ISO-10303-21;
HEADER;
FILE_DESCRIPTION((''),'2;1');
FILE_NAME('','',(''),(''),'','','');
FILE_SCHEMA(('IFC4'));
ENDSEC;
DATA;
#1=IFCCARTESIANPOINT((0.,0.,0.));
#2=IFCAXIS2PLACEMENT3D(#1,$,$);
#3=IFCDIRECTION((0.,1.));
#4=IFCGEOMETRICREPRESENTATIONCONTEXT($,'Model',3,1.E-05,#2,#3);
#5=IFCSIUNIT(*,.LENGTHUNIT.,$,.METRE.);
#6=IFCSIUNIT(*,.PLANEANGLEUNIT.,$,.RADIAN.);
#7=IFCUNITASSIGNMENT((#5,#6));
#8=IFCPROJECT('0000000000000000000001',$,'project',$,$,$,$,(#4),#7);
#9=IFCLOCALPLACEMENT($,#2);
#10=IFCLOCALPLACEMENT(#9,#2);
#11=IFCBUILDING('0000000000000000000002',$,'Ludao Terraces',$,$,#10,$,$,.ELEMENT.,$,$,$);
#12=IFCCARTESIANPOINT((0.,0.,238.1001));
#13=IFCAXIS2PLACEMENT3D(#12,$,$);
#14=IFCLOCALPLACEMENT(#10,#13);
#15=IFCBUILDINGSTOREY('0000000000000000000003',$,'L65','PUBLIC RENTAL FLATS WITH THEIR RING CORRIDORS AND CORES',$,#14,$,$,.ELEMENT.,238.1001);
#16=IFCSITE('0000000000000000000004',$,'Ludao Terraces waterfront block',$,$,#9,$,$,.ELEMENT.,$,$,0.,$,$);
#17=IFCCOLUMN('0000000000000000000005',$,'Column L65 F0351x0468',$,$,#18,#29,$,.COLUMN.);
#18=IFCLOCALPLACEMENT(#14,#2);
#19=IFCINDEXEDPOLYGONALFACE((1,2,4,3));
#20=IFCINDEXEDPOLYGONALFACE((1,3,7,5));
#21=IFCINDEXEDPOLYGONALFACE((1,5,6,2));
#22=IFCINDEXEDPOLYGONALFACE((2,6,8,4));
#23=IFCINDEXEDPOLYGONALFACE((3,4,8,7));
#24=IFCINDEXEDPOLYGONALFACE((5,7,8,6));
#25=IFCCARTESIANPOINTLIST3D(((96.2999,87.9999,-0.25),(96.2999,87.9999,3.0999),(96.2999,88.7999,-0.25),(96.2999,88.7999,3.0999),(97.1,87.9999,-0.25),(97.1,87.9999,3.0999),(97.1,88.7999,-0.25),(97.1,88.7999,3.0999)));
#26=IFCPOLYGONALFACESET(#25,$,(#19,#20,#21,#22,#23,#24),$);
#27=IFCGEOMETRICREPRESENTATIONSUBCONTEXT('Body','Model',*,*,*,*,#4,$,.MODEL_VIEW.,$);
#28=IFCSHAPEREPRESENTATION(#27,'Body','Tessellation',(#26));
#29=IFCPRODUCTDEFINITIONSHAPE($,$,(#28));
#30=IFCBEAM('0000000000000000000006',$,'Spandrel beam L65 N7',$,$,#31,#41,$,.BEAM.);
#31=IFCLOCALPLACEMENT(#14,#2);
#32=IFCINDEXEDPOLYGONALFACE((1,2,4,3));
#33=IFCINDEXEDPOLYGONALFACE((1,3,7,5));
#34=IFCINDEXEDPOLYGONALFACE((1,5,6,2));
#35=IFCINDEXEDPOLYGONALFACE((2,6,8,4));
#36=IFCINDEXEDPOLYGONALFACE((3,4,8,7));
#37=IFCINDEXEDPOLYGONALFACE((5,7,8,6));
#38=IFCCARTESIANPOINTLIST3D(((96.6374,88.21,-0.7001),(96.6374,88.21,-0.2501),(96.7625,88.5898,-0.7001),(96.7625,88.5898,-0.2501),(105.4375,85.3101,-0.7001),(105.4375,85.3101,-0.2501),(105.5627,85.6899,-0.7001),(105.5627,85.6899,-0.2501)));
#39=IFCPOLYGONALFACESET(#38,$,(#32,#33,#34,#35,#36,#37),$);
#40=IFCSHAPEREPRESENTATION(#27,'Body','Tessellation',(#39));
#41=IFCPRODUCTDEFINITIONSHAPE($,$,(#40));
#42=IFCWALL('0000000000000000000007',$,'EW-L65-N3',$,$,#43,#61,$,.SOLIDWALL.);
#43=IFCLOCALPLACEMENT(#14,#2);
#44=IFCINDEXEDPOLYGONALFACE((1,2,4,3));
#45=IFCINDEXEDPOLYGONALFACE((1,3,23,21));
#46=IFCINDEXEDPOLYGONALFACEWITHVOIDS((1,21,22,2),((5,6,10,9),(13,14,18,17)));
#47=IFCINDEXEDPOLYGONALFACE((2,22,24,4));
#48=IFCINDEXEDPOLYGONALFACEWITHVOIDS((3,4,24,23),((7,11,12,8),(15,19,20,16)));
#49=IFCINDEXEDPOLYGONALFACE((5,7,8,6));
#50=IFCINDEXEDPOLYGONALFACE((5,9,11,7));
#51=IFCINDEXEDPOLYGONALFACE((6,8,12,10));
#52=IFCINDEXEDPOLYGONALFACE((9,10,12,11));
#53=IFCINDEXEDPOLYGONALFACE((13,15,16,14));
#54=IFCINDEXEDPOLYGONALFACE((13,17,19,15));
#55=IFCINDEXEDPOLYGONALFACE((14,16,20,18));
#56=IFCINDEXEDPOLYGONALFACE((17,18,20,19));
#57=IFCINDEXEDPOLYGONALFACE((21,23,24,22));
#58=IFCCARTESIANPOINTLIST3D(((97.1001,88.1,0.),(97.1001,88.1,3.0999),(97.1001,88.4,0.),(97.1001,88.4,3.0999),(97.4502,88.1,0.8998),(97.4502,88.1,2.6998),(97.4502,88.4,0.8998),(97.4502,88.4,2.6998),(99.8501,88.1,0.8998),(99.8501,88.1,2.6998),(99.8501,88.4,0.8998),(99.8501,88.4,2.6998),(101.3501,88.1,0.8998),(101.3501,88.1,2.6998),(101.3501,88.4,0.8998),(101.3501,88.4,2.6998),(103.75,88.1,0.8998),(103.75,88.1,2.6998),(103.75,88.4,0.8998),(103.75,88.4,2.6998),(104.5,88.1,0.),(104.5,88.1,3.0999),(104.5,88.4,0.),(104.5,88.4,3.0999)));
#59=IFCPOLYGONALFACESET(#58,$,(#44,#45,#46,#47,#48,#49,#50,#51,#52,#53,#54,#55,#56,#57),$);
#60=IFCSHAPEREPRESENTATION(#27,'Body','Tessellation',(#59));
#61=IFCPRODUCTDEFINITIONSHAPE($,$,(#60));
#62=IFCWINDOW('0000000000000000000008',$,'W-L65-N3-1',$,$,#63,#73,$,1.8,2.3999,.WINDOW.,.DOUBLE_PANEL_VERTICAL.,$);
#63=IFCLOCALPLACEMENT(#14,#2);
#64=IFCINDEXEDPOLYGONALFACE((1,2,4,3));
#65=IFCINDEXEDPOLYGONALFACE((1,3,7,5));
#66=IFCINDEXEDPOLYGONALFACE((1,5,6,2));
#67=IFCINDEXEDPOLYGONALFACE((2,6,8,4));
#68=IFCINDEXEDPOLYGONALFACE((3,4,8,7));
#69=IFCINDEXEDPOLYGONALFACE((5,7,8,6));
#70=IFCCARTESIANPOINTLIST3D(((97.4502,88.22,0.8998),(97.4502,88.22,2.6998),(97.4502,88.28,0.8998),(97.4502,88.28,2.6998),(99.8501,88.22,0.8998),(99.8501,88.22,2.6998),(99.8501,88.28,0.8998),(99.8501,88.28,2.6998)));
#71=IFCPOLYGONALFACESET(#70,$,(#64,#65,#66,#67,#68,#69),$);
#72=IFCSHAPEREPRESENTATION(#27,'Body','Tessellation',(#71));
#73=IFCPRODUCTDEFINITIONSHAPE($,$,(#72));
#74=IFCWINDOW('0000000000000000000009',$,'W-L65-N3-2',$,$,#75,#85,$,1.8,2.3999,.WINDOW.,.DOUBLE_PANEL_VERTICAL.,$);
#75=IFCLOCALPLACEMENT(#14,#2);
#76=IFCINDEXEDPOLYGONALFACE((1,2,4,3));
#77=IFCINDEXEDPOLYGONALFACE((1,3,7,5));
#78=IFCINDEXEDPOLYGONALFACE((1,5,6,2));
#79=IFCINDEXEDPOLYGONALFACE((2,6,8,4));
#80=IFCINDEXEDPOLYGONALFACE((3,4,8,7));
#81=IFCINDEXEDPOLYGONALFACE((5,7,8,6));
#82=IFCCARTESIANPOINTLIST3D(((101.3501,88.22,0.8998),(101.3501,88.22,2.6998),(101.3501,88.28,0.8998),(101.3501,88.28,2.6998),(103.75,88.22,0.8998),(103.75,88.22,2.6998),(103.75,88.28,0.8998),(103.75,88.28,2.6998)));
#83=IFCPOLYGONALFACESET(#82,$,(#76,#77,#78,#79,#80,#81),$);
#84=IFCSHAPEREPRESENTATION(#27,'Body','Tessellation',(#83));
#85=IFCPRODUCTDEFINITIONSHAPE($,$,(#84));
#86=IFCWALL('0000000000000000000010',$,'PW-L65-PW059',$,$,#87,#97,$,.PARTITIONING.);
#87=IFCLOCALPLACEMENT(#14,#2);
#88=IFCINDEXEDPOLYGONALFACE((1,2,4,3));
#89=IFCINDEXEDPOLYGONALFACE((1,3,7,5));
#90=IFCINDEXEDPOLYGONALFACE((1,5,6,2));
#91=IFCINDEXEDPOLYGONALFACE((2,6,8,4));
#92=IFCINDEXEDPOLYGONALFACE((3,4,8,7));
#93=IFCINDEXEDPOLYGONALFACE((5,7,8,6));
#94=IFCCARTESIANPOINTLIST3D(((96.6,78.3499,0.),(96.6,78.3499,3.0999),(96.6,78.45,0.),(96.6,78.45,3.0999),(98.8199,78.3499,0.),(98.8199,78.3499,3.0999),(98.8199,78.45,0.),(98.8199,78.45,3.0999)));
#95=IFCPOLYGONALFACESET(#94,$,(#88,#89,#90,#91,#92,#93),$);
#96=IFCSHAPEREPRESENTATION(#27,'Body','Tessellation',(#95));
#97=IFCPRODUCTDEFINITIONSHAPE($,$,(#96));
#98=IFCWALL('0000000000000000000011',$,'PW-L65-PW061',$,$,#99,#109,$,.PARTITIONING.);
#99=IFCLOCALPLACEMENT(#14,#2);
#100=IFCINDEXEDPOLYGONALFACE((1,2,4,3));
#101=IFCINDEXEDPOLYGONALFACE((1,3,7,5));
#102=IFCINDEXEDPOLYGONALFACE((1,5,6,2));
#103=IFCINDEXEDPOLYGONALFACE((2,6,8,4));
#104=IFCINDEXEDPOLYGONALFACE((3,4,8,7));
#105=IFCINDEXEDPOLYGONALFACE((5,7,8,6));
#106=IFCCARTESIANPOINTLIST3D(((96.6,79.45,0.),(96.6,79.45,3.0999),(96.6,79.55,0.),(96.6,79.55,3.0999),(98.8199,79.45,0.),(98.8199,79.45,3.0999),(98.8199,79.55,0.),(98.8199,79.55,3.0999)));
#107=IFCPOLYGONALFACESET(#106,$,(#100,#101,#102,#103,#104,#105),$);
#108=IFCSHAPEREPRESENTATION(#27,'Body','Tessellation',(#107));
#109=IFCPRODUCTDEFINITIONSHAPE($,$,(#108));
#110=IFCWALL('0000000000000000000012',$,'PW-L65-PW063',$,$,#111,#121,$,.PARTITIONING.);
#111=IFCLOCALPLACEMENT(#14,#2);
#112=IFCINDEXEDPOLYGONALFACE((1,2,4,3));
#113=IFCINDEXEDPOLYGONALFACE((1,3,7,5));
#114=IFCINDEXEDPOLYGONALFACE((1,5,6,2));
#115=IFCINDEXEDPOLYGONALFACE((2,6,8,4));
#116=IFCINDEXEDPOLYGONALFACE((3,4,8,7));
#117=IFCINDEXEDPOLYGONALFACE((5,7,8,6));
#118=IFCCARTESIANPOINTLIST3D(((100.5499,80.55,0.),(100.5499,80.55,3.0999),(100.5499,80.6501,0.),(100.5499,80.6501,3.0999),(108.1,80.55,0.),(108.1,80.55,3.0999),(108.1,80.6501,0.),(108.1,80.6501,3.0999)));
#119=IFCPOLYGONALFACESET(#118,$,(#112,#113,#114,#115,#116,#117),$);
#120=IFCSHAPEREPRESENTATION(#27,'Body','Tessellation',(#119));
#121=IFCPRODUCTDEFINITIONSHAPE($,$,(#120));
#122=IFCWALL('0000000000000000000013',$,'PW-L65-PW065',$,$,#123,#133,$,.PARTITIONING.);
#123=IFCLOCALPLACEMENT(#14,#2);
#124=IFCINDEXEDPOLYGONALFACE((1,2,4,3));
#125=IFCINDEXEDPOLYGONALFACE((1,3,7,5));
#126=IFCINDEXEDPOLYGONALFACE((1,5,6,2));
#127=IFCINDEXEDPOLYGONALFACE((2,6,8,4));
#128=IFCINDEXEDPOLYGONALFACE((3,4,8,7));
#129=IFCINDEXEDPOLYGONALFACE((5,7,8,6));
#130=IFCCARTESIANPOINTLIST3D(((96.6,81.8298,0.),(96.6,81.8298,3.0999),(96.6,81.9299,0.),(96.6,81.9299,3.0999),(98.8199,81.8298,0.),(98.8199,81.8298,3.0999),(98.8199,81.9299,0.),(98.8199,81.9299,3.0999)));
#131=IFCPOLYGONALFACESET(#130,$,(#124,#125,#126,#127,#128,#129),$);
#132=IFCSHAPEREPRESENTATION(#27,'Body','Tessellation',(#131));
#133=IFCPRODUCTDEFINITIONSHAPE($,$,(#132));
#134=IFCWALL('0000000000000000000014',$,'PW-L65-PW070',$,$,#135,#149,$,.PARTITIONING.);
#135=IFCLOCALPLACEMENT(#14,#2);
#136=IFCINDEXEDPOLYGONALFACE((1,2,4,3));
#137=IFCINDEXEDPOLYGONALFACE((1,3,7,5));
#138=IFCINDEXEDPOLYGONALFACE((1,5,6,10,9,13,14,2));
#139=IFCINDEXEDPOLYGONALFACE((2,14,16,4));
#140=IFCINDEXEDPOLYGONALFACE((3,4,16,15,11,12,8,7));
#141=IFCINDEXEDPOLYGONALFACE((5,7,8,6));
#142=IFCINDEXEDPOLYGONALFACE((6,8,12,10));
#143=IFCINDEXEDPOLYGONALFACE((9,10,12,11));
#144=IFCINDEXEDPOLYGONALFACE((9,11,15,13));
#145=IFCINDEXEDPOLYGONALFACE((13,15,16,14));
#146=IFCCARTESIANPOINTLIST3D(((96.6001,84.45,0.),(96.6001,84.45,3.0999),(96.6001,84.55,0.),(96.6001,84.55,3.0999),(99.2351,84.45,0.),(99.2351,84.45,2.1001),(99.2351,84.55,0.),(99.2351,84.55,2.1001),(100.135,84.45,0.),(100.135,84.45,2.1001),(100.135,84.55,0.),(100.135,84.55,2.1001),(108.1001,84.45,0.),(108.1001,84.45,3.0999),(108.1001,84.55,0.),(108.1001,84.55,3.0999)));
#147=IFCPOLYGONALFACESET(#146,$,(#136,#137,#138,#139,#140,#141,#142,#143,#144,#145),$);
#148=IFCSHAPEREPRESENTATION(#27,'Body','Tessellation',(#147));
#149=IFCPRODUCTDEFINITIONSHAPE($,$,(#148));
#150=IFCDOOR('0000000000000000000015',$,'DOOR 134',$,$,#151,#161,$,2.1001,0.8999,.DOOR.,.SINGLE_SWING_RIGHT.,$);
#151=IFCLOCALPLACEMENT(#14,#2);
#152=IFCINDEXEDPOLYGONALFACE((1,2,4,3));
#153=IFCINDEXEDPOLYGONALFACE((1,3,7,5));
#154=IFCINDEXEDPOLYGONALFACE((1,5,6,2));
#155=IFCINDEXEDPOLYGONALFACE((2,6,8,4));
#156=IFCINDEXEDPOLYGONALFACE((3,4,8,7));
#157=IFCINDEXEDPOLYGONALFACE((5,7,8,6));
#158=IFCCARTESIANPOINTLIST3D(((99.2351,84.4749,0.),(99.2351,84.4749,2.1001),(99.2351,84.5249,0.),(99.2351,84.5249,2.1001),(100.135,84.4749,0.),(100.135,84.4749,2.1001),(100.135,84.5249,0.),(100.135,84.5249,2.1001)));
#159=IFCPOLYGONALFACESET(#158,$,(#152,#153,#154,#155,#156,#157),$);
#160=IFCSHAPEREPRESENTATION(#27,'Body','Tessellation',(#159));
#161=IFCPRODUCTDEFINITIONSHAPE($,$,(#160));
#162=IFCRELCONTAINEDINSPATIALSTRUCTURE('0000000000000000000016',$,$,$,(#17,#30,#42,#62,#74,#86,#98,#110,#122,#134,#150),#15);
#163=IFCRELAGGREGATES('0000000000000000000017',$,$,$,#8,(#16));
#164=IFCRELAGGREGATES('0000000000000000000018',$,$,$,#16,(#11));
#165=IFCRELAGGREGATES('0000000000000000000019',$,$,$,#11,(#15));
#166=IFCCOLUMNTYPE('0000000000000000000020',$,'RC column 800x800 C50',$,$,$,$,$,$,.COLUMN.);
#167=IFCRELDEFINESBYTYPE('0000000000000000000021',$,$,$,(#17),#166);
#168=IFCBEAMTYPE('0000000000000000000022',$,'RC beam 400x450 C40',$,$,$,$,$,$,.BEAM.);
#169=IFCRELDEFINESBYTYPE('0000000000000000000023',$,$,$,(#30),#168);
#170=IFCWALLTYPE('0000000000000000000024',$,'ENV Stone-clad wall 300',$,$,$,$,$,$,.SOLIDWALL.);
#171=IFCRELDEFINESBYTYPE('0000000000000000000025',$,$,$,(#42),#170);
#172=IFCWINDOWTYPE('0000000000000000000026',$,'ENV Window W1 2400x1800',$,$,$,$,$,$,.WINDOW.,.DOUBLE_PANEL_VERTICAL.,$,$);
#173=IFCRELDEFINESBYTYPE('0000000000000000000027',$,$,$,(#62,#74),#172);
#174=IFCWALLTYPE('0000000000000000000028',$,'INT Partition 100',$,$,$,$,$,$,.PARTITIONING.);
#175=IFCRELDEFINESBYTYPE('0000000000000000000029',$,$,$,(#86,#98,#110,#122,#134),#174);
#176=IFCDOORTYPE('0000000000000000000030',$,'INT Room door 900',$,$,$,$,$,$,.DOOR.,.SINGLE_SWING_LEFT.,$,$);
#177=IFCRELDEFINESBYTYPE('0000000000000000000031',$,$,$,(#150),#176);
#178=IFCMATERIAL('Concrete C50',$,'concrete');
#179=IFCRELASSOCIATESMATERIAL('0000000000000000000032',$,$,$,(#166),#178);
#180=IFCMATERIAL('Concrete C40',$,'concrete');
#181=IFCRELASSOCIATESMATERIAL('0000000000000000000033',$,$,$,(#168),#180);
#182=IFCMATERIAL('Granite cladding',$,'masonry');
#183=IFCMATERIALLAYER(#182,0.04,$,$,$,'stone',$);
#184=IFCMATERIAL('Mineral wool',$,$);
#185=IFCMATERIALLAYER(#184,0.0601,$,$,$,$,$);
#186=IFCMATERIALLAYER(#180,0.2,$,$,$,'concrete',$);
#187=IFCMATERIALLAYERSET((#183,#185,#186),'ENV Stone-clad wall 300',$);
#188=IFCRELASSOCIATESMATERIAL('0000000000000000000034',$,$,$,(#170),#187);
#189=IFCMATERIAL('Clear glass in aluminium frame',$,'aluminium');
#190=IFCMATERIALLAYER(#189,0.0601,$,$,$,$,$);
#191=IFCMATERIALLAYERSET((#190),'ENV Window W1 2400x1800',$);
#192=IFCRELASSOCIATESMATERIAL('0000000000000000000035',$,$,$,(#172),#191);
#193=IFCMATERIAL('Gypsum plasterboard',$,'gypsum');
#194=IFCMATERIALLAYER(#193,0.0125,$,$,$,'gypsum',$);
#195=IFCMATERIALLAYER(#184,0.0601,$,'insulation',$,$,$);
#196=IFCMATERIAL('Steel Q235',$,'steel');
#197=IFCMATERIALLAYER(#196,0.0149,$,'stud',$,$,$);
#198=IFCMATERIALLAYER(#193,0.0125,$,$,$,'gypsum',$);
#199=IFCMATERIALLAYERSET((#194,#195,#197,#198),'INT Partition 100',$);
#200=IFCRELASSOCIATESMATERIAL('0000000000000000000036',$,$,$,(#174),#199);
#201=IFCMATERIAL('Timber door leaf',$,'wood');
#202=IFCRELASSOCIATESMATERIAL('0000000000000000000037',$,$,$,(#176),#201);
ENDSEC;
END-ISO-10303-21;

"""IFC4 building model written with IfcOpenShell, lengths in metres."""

from ifc_helpers import new_model, si_unit, direction, frame, frame_2d, origin, origin_2d, place, context, subcontext, project, spatial, rectangle, extrude, material, layer, layer_set, material_profile, profile_set, type_object, element, fill, save


model = new_model("IFC4")

# Units and contexts
model_context = context("Model", 3, precision=1e-05, world=origin(), true_north=direction((0.0, 1.0)))
body_context = subcontext(model_context, "Body", "Model", "MODEL_VIEW")
ifc_project = project(units=[si_unit("LENGTHUNIT", "METRE"), si_unit("PLANEANGLEUNIT", "RADIAN")], contexts=[model_context])

# Site, building, storey
site_placement = place(None, origin())
site = spatial("IfcSite", under=ifc_project, at=site_placement, Name="Ludao Terraces waterfront block", CompositionType="ELEMENT", RefElevation=0.0)
building_placement = place(site_placement, origin())
building = spatial("IfcBuilding", under=site, at=building_placement, Name="Ludao Terraces", CompositionType="ELEMENT")
storey_placement = place(building_placement, frame((0.0, 0.0, 238.1001)))
storey = spatial("IfcBuildingStorey", under=building, at=storey_placement, Name="L65", Description="PUBLIC RENTAL FLATS WITH THEIR RING CORRIDORS AND CORES", CompositionType="ELEMENT", Elevation=238.1001)

# Column
ifc_material_1 = material(Name="Concrete C50", Category="concrete")
ifc_material_profile_1 = material_profile(ifc_material_1, rectangle(XDim=0.8, YDim=0.8, at=origin_2d()), Name="800 X 800")
ifc_profile_set_1 = profile_set([ifc_material_profile_1], Name="Concrete C50")
column_type = type_object("IfcColumnType", Name="RC column 800x800 C50", PredefinedType="COLUMN", material=ifc_profile_set_1)
column_placement = place(storey_placement, frame((96.7, 88.3999, -0.25), z_axis=(0.0, 0.0, 1.0), x_axis=(1.0, 0.0, 0.0)))
element("IfcColumn", 1, at=column_placement, inside=storey, type_object=column_type, Name="Column L65 F0351x0468", PredefinedType="COLUMN", context=body_context, shape_type="SweptSolid", body=[
    extrude(rectangle(XDim=0.8, YDim=0.8, at=origin_2d()), origin(), (0.0, 0.0, 1.0), 3.3499),
])

# Beam
ifc_material_2 = material(Name="Concrete C40", Category="concrete")
ifc_material_profile_2 = material_profile(ifc_material_2, rectangle(XDim=0.3999, YDim=0.45, at=origin_2d()), Name="400 X 450")
ifc_profile_set_2 = profile_set([ifc_material_profile_2], Name="Concrete C40")
beam_type = type_object("IfcBeamType", Name="RC beam 400x450 C40", PredefinedType="BEAM", material=ifc_profile_set_2)
beam_placement = place(storey_placement, frame((96.7, 88.3999, -0.4751), z_axis=(0.949761, -0.312977, 0.0), x_axis=(0.312977, 0.949761, 0.0)))
element("IfcBeam", 2, at=beam_placement, inside=storey, type_object=beam_type, Name="Spandrel beam L65 N7", PredefinedType="BEAM", context=body_context, shape_type="SweptSolid", body=[
    extrude(rectangle(XDim=0.3999, YDim=0.45, at=origin_2d()), origin(), (0.0, 0.0, 1.0), 9.2656),
])

# Wall, openings, windows
ifc_material_3 = material(Name="Granite cladding", Category="masonry")
ifc_layer_1 = layer(ifc_material_3, 0.04, Category="stone")
ifc_material_4 = material(Name="Mineral wool")
ifc_layer_2 = layer(ifc_material_4, 0.0601)
ifc_layer_3 = layer(ifc_material_2, 0.2, Category="concrete")
ifc_layer_set_1 = layer_set([ifc_layer_1, ifc_layer_2, ifc_layer_3], Name="ENV Stone-clad wall 300")
wall_type_1 = type_object("IfcWallType", Name="ENV Stone-clad wall 300", PredefinedType="SOLIDWALL", material=ifc_layer_set_1)
wall_1_placement = place(storey_placement, frame((97.1001, 88.25, 0.0), z_axis=(0.0, 0.0, 1.0), x_axis=(1.0, 0.0, 0.0)))
wall_1 = element("IfcWall", 3, at=wall_1_placement, inside=storey, type_object=wall_type_1, Name="EW-L65-N3", PredefinedType="SOLIDWALL", context=body_context, shape_type="SweptSolid", body=[
    extrude(rectangle(XDim=7.3999, YDim=0.3, at=frame_2d((3.7, 0.0))), origin(), (0.0, 0.0, 1.0), 3.0999),
])
opening_1_placement = place(wall_1_placement, frame((0.3501, 0.0, 0.8999)))
opening_1 = element("IfcOpeningElement", 4, at=opening_1_placement, cuts=wall_1, PredefinedType="OPENING", context=body_context, shape_type="SweptSolid", body=[
    extrude(rectangle(XDim=2.3999, YDim=1.8, at=frame_2d((1.2, 0.8999))), frame((0.0, 0.1602, 0.0), z_axis=(0.0, -1.0, 0.0), x_axis=(1.0, 0.0, 0.0)), (0.0, 0.0, 1.0), 0.3201),
])
opening_2_placement = place(wall_1_placement, frame((4.25, 0.0, 0.8999)))
opening_2 = element("IfcOpeningElement", 5, at=opening_2_placement, cuts=wall_1, PredefinedType="OPENING", context=body_context, shape_type="SweptSolid", body=[
    extrude(rectangle(XDim=2.3999, YDim=1.8, at=frame_2d((1.2, 0.8999))), frame((0.0, 0.1602, 0.0), z_axis=(0.0, -1.0, 0.0), x_axis=(1.0, 0.0, 0.0)), (0.0, 0.0, 1.0), 0.3201),
])
ifc_material_5 = material(Name="Clear glass in aluminium frame", Category="aluminium")
ifc_layer_4 = layer(ifc_material_5, 0.0601)
ifc_layer_set_2 = layer_set([ifc_layer_4], Name="ENV Window W1 2400x1800")
window_type = type_object("IfcWindowType", Name="ENV Window W1 2400x1800", PartitioningType="DOUBLE_PANEL_VERTICAL", PredefinedType="WINDOW", material=ifc_layer_set_2)
window_1_placement = place(opening_1_placement, origin())
window_1 = element("IfcWindow", 6, at=window_1_placement, inside=storey, type_object=window_type, Name="W-L65-N3-1", OverallHeight=1.8, OverallWidth=2.3999, PartitioningType="DOUBLE_PANEL_VERTICAL", PredefinedType="WINDOW", context=body_context, shape_type="SweptSolid", body=[
    extrude(rectangle(XDim=2.3999, YDim=1.8, at=frame_2d((1.2, 0.8999))), frame((0.0, 0.03, 0.0), z_axis=(0.0, -1.0, 0.0), x_axis=(1.0, 0.0, 0.0)), (0.0, 0.0, 1.0), 0.0601),
])
fill(opening_1, window_1)
window_2_placement = place(opening_2_placement, origin())
window_2 = element("IfcWindow", 7, at=window_2_placement, inside=storey, type_object=window_type, Name="W-L65-N3-2", OverallHeight=1.8, OverallWidth=2.3999, PartitioningType="DOUBLE_PANEL_VERTICAL", PredefinedType="WINDOW", context=body_context, shape_type="SweptSolid", body=[
    extrude(rectangle(XDim=2.3999, YDim=1.8, at=frame_2d((1.2, 0.8999))), frame((0.0, 0.03, 0.0), z_axis=(0.0, -1.0, 0.0), x_axis=(1.0, 0.0, 0.0)), (0.0, 0.0, 1.0), 0.0601),
])
fill(opening_2, window_2)

# Walls
ifc_material_6 = material(Name="Gypsum plasterboard", Category="gypsum")
ifc_layer_5 = layer(ifc_material_6, 0.0125, Category="gypsum")
ifc_layer_6 = layer(ifc_material_4, 0.0601, Name="insulation")
ifc_material_7 = material(Name="Steel Q235", Category="steel")
ifc_layer_7 = layer(ifc_material_7, 0.0149, Name="stud")
ifc_layer_8 = layer(ifc_material_6, 0.0125, Category="gypsum")
ifc_layer_set_3 = layer_set([ifc_layer_5, ifc_layer_6, ifc_layer_7, ifc_layer_8], Name="INT Partition 100")
wall_type_2 = type_object("IfcWallType", Name="INT Partition 100", PredefinedType="PARTITIONING", material=ifc_layer_set_3)
for number, where, z_axis, x_axis, name in (
    (8, (96.6001, 78.3999, 0.0), (0.0, 0.0, 1.0), (1.0, 0.0, 0.0), "PW-L65-PW059"),
    (9, (96.6001, 79.5, 0.0), (0.0, 0.0, 1.0), (1.0, 0.0, 0.0), "PW-L65-PW061"),
):
    element("IfcWall", number, at=place(storey_placement, frame(where, z_axis=z_axis, x_axis=x_axis)), inside=storey, type_object=wall_type_2, Name=name, PredefinedType="PARTITIONING", context=body_context, shape_type="SweptSolid", body=[
        extrude(rectangle(XDim=2.22, YDim=0.1001, at=frame_2d((1.1099, 0.0))), origin(), (0.0, 0.0, 1.0), 3.0999),
    ])
wall_2_placement = place(storey_placement, frame((100.55, 80.6001, 0.0), z_axis=(0.0, 0.0, 1.0), x_axis=(1.0, 0.0, 0.0)))
element("IfcWall", 10, at=wall_2_placement, inside=storey, type_object=wall_type_2, Name="PW-L65-PW063", PredefinedType="PARTITIONING", context=body_context, shape_type="SweptSolid", body=[
    extrude(rectangle(XDim=7.55, YDim=0.1001, at=frame_2d((3.7749, 0.0))), origin(), (0.0, 0.0, 1.0), 3.0999),
])
wall_3_placement = place(storey_placement, frame((96.6001, 81.8799, 0.0), z_axis=(0.0, 0.0, 1.0), x_axis=(1.0, 0.0, 0.0)))
element("IfcWall", 11, at=wall_3_placement, inside=storey, type_object=wall_type_2, Name="PW-L65-PW065", PredefinedType="PARTITIONING", context=body_context, shape_type="SweptSolid", body=[
    extrude(rectangle(XDim=2.22, YDim=0.1001, at=frame_2d((1.1099, 0.0))), origin(), (0.0, 0.0, 1.0), 3.0999),
])

# Wall, opening, door
wall_4_placement = place(storey_placement, frame((96.6001, 84.5, 0.0), z_axis=(0.0, 0.0, 1.0), x_axis=(1.0, 0.0, 0.0)))
wall_4 = element("IfcWall", 12, at=wall_4_placement, inside=storey, type_object=wall_type_2, Name="PW-L65-PW070", PredefinedType="PARTITIONING", context=body_context, shape_type="SweptSolid", body=[
    extrude(rectangle(XDim=11.5, YDim=0.1001, at=frame_2d((5.75, 0.0))), origin(), (0.0, 0.0, 1.0), 3.0999),
])
opening_3_placement = place(wall_4_placement, frame((2.635, 0.0, 0.0)))
opening_3 = element("IfcOpeningElement", 13, at=opening_3_placement, cuts=wall_4, PredefinedType="OPENING", context=body_context, shape_type="SweptSolid", body=[
    extrude(rectangle(XDim=0.8999, YDim=2.1001, at=frame_2d((0.45, 1.05))), frame((0.0, 0.0601, 0.0), z_axis=(0.0, -1.0, 0.0), x_axis=(1.0, 0.0, 0.0)), (0.0, 0.0, 1.0), 0.1201),
])
ifc_material_8 = material(Name="Timber door leaf", Category="wood")
door_type_1 = type_object("IfcDoorType", Name="INT Room door 900", OperationType="SINGLE_SWING_LEFT", PredefinedType="DOOR", material=ifc_material_8)
door_1_placement = place(opening_3_placement, origin())
door_1 = element("IfcDoor", 14, at=door_1_placement, inside=storey, type_object=door_type_1, Name="DOOR 134", OperationType="SINGLE_SWING_RIGHT", OverallHeight=2.1001, OverallWidth=0.8999, PredefinedType="DOOR", context=body_context, shape_type="SweptSolid", body=[
    extrude(rectangle(XDim=0.8999, YDim=2.1001, at=frame_2d((0.45, 1.05))), frame((0.0, 0.0249, 0.0), z_axis=(0.0, -1.0, 0.0), x_axis=(1.0, 0.0, 0.0)), (0.0, 0.0, 1.0), 0.05),
])
fill(opening_3, door_1)

save(model, "model.ifc")
